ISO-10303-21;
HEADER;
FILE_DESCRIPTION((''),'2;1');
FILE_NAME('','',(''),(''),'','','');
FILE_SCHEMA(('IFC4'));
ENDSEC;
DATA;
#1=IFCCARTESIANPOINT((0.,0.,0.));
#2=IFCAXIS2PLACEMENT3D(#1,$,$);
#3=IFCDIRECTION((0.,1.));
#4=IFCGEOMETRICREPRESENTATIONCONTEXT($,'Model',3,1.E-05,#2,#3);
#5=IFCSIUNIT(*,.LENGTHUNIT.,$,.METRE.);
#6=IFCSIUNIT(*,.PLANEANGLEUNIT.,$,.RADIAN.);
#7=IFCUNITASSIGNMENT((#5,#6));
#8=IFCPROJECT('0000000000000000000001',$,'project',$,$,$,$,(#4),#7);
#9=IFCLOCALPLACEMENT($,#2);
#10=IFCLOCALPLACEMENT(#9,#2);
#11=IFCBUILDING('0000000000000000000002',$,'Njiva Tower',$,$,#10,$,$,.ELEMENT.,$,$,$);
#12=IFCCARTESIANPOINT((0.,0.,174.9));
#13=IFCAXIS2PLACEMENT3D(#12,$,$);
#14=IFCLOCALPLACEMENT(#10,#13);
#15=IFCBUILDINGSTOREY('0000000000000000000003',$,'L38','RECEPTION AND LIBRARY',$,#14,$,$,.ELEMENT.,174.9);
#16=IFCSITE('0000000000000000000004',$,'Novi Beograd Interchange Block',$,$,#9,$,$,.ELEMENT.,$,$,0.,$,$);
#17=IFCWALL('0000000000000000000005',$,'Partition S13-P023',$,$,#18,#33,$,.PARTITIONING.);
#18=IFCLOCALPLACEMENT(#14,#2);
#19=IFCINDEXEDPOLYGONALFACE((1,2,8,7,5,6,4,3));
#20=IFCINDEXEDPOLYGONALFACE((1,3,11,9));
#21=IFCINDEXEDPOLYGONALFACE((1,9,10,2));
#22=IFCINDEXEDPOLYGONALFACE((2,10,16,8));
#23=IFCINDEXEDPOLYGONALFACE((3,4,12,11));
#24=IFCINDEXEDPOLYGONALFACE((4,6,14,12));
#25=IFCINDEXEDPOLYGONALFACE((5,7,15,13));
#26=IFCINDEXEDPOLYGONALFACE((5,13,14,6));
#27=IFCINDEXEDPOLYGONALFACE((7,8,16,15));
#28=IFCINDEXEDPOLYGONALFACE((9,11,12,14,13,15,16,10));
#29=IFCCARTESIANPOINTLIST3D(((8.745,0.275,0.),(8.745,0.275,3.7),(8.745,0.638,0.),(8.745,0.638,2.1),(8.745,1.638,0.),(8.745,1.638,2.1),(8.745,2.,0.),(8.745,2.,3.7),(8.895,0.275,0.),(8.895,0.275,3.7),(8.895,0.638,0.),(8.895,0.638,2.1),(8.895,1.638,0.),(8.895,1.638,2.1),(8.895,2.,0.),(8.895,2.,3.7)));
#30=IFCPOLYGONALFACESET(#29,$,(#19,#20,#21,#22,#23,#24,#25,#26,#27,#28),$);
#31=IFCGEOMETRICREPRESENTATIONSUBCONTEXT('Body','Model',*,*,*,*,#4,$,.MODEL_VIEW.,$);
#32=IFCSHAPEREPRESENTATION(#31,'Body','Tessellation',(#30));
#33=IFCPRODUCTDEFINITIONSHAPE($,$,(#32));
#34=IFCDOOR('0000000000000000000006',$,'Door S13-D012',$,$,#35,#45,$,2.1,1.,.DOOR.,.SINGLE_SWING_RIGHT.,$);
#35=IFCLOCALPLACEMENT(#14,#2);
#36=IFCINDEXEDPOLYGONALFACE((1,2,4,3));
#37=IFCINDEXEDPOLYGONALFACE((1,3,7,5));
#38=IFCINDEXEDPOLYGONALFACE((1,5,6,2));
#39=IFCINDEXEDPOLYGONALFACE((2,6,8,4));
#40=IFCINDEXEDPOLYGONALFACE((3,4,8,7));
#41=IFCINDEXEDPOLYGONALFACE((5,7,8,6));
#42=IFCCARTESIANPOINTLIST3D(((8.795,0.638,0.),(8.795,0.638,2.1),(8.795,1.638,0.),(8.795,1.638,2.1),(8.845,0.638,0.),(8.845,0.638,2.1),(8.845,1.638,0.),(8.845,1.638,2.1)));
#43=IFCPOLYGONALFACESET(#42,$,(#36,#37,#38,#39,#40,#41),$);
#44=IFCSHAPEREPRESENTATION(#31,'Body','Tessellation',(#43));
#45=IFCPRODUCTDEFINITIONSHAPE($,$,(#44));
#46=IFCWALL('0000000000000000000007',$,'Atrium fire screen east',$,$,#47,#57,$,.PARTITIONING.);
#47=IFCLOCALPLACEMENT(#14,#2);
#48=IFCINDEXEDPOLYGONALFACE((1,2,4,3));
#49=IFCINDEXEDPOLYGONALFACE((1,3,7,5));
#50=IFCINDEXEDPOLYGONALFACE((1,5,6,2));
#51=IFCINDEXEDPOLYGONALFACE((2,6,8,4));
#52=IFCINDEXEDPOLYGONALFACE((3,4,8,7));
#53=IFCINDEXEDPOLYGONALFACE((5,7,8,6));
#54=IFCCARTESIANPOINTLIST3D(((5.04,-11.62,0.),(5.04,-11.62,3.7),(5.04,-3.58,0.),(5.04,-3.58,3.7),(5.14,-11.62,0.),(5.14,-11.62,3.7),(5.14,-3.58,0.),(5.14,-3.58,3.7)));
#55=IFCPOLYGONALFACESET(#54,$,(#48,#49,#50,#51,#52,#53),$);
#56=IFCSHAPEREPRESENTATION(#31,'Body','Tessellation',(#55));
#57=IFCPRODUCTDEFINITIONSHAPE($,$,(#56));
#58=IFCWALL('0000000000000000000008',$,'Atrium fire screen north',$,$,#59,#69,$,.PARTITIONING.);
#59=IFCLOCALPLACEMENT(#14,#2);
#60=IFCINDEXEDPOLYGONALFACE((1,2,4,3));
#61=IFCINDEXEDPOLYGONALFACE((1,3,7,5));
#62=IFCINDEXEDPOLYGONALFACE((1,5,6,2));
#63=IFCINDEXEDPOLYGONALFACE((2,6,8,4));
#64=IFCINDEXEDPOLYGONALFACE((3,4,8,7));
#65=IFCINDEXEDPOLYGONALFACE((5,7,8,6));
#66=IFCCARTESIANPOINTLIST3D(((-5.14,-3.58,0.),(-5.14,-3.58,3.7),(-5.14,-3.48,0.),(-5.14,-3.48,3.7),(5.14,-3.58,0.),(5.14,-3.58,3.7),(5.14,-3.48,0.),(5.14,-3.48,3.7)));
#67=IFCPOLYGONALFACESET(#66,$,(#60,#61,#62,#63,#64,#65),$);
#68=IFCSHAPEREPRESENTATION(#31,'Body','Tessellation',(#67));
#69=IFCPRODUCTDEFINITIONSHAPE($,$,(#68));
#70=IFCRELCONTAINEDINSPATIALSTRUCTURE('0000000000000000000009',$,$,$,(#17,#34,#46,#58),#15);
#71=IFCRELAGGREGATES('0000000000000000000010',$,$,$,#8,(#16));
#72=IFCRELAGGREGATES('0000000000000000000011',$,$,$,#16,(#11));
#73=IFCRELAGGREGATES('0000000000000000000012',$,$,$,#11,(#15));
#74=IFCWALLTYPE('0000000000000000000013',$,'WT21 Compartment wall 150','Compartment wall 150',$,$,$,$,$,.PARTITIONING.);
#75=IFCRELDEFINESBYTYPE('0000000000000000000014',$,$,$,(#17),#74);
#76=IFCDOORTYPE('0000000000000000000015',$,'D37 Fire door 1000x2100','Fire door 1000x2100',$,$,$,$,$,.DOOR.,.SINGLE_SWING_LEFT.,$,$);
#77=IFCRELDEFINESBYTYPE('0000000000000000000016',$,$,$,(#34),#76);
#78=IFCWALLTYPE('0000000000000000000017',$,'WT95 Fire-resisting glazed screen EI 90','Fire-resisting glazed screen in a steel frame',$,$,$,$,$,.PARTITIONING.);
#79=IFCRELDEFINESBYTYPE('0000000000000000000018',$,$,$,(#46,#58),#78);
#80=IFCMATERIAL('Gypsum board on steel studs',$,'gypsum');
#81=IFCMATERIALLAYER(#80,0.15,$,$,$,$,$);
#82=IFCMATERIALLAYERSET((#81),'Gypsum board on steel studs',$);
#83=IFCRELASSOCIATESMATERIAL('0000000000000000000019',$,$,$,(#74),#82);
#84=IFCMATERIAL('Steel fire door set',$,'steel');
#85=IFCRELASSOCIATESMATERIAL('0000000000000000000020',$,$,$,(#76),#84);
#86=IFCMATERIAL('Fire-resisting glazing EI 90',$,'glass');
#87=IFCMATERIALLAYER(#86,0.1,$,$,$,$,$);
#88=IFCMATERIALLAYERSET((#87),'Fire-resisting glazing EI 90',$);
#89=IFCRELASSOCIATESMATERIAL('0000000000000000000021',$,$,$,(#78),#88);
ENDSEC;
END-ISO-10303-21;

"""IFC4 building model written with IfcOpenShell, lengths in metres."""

from ifc_helpers import new_model, si_unit, direction, frame, frame_2d, origin, place, context, subcontext, project, spatial, rectangle, extrude, material, layer, layer_set, type_object, element, fill, save


model = new_model("IFC4")

# Units and contexts
model_context = context("Model", 3, precision=1e-05, world=origin(), true_north=direction((0.0, 1.0)))
body_context = subcontext(model_context, "Body", "Model", "MODEL_VIEW")
ifc_project = project(units=[si_unit("LENGTHUNIT", "METRE"), si_unit("PLANEANGLEUNIT", "RADIAN")], contexts=[model_context])

# Site, building, storey
site_placement = place(None, origin())
site = spatial("IfcSite", under=ifc_project, at=site_placement, Name="Novi Beograd Interchange Block", CompositionType="ELEMENT", RefElevation=0.0)
building_placement = place(site_placement, origin())
building = spatial("IfcBuilding", under=site, at=building_placement, Name="Njiva Tower", CompositionType="ELEMENT")
storey_placement = place(building_placement, frame((0.0, 0.0, 174.9)))
storey = spatial("IfcBuildingStorey", under=building, at=storey_placement, Name="L38", Description="RECEPTION AND LIBRARY", CompositionType="ELEMENT", Elevation=174.9)

# Shared definitions
ifc_material_1 = material(Name="Gypsum board on steel studs", Category="gypsum")
ifc_layer_1 = layer(ifc_material_1, 0.15)
ifc_layer_set_1 = layer_set([ifc_layer_1], Name="Gypsum board on steel studs")
wall_type_1 = type_object("IfcWallType", Name="WT21 Compartment wall 150", Description="Compartment wall 150", PredefinedType="PARTITIONING", material=ifc_layer_set_1)

# Wall, opening, door
ifc_material_2 = material(Name="Steel fire door set", Category="steel")
door_type = type_object("IfcDoorType", Name="D37 Fire door 1000x2100", Description="Fire door 1000x2100", OperationType="SINGLE_SWING_LEFT", PredefinedType="DOOR", material=ifc_material_2)
wall_1_placement = place(storey_placement, frame((8.82, 0.275, 0.0), z_axis=(0.0, 0.0, 1.0), x_axis=(0.0, 1.0, 0.0)))
wall_1 = element("IfcWall", 1, at=wall_1_placement, inside=storey, type_object=wall_type_1, Name="Partition S13-P023", PredefinedType="PARTITIONING", context=body_context, shape_type="SweptSolid", body=[
    extrude(rectangle(XDim=1.725, YDim=0.15, at=frame_2d((0.8625, 0.0))), origin(), (0.0, 0.0, 1.0), 3.7),
])
opening_1_placement = place(wall_1_placement, frame((0.363, 0.0, 0.0)))
opening_1 = element("IfcOpeningElement", 2, at=opening_1_placement, cuts=wall_1, PredefinedType="OPENING", context=body_context, shape_type="SweptSolid", body=[
    extrude(rectangle(XDim=1.0, YDim=2.1, at=frame_2d((0.5, 1.05))), frame((0.0, 0.085, 0.0), z_axis=(0.0, -1.0, 0.0), x_axis=(1.0, 0.0, 0.0)), (0.0, 0.0, 1.0), 0.17),
])
door_1_placement = place(opening_1_placement, origin())
door_1 = element("IfcDoor", 3, at=door_1_placement, inside=storey, type_object=door_type, Name="Door S13-D012", OperationType="SINGLE_SWING_RIGHT", OverallHeight=2.1, OverallWidth=1.0, PredefinedType="DOOR", context=body_context, shape_type="SweptSolid", body=[
    extrude(rectangle(XDim=1.0, YDim=2.1, at=frame_2d((0.5, 1.05))), frame((0.0, 0.025, 0.0), z_axis=(0.0, -1.0, 0.0), x_axis=(1.0, 0.0, 0.0)), (0.0, 0.0, 1.0), 0.05),
])
fill(opening_1, door_1)

# Walls
ifc_material_3 = material(Name="Fire-resisting glazing EI 90", Category="glass")
ifc_layer_2 = layer(ifc_material_3, 0.1)
ifc_layer_set_2 = layer_set([ifc_layer_2], Name="Fire-resisting glazing EI 90")
wall_type_2 = type_object("IfcWallType", Name="WT95 Fire-resisting glazed screen EI 90", Description="Fire-resisting glazed screen in a steel frame", PredefinedType="PARTITIONING", material=ifc_layer_set_2)
wall_2_placement = place(storey_placement, frame((5.09, -11.62, 0.0), z_axis=(0.0, 0.0, 1.0), x_axis=(0.0, 1.0, 0.0)))
element("IfcWall", 4, at=wall_2_placement, inside=storey, type_object=wall_type_2, Name="Atrium fire screen east", PredefinedType="PARTITIONING", context=body_context, shape_type="SweptSolid", body=[
    extrude(rectangle(XDim=8.04, YDim=0.1, at=frame_2d((4.02, 0.0))), origin(), (0.0, 0.0, 1.0), 3.7),
])
wall_3_placement = place(storey_placement, frame((5.14, -3.53, 0.0), z_axis=(0.0, 0.0, 1.0), x_axis=(-1.0, 0.0, 0.0)))
element("IfcWall", 5, at=wall_3_placement, inside=storey, type_object=wall_type_2, Name="Atrium fire screen north", PredefinedType="PARTITIONING", context=body_context, shape_type="SweptSolid", body=[
    extrude(rectangle(XDim=10.28, YDim=0.1, at=frame_2d((5.14, 0.0))), origin(), (0.0, 0.0, 1.0), 3.7),
])

save(model, "model.ifc")
